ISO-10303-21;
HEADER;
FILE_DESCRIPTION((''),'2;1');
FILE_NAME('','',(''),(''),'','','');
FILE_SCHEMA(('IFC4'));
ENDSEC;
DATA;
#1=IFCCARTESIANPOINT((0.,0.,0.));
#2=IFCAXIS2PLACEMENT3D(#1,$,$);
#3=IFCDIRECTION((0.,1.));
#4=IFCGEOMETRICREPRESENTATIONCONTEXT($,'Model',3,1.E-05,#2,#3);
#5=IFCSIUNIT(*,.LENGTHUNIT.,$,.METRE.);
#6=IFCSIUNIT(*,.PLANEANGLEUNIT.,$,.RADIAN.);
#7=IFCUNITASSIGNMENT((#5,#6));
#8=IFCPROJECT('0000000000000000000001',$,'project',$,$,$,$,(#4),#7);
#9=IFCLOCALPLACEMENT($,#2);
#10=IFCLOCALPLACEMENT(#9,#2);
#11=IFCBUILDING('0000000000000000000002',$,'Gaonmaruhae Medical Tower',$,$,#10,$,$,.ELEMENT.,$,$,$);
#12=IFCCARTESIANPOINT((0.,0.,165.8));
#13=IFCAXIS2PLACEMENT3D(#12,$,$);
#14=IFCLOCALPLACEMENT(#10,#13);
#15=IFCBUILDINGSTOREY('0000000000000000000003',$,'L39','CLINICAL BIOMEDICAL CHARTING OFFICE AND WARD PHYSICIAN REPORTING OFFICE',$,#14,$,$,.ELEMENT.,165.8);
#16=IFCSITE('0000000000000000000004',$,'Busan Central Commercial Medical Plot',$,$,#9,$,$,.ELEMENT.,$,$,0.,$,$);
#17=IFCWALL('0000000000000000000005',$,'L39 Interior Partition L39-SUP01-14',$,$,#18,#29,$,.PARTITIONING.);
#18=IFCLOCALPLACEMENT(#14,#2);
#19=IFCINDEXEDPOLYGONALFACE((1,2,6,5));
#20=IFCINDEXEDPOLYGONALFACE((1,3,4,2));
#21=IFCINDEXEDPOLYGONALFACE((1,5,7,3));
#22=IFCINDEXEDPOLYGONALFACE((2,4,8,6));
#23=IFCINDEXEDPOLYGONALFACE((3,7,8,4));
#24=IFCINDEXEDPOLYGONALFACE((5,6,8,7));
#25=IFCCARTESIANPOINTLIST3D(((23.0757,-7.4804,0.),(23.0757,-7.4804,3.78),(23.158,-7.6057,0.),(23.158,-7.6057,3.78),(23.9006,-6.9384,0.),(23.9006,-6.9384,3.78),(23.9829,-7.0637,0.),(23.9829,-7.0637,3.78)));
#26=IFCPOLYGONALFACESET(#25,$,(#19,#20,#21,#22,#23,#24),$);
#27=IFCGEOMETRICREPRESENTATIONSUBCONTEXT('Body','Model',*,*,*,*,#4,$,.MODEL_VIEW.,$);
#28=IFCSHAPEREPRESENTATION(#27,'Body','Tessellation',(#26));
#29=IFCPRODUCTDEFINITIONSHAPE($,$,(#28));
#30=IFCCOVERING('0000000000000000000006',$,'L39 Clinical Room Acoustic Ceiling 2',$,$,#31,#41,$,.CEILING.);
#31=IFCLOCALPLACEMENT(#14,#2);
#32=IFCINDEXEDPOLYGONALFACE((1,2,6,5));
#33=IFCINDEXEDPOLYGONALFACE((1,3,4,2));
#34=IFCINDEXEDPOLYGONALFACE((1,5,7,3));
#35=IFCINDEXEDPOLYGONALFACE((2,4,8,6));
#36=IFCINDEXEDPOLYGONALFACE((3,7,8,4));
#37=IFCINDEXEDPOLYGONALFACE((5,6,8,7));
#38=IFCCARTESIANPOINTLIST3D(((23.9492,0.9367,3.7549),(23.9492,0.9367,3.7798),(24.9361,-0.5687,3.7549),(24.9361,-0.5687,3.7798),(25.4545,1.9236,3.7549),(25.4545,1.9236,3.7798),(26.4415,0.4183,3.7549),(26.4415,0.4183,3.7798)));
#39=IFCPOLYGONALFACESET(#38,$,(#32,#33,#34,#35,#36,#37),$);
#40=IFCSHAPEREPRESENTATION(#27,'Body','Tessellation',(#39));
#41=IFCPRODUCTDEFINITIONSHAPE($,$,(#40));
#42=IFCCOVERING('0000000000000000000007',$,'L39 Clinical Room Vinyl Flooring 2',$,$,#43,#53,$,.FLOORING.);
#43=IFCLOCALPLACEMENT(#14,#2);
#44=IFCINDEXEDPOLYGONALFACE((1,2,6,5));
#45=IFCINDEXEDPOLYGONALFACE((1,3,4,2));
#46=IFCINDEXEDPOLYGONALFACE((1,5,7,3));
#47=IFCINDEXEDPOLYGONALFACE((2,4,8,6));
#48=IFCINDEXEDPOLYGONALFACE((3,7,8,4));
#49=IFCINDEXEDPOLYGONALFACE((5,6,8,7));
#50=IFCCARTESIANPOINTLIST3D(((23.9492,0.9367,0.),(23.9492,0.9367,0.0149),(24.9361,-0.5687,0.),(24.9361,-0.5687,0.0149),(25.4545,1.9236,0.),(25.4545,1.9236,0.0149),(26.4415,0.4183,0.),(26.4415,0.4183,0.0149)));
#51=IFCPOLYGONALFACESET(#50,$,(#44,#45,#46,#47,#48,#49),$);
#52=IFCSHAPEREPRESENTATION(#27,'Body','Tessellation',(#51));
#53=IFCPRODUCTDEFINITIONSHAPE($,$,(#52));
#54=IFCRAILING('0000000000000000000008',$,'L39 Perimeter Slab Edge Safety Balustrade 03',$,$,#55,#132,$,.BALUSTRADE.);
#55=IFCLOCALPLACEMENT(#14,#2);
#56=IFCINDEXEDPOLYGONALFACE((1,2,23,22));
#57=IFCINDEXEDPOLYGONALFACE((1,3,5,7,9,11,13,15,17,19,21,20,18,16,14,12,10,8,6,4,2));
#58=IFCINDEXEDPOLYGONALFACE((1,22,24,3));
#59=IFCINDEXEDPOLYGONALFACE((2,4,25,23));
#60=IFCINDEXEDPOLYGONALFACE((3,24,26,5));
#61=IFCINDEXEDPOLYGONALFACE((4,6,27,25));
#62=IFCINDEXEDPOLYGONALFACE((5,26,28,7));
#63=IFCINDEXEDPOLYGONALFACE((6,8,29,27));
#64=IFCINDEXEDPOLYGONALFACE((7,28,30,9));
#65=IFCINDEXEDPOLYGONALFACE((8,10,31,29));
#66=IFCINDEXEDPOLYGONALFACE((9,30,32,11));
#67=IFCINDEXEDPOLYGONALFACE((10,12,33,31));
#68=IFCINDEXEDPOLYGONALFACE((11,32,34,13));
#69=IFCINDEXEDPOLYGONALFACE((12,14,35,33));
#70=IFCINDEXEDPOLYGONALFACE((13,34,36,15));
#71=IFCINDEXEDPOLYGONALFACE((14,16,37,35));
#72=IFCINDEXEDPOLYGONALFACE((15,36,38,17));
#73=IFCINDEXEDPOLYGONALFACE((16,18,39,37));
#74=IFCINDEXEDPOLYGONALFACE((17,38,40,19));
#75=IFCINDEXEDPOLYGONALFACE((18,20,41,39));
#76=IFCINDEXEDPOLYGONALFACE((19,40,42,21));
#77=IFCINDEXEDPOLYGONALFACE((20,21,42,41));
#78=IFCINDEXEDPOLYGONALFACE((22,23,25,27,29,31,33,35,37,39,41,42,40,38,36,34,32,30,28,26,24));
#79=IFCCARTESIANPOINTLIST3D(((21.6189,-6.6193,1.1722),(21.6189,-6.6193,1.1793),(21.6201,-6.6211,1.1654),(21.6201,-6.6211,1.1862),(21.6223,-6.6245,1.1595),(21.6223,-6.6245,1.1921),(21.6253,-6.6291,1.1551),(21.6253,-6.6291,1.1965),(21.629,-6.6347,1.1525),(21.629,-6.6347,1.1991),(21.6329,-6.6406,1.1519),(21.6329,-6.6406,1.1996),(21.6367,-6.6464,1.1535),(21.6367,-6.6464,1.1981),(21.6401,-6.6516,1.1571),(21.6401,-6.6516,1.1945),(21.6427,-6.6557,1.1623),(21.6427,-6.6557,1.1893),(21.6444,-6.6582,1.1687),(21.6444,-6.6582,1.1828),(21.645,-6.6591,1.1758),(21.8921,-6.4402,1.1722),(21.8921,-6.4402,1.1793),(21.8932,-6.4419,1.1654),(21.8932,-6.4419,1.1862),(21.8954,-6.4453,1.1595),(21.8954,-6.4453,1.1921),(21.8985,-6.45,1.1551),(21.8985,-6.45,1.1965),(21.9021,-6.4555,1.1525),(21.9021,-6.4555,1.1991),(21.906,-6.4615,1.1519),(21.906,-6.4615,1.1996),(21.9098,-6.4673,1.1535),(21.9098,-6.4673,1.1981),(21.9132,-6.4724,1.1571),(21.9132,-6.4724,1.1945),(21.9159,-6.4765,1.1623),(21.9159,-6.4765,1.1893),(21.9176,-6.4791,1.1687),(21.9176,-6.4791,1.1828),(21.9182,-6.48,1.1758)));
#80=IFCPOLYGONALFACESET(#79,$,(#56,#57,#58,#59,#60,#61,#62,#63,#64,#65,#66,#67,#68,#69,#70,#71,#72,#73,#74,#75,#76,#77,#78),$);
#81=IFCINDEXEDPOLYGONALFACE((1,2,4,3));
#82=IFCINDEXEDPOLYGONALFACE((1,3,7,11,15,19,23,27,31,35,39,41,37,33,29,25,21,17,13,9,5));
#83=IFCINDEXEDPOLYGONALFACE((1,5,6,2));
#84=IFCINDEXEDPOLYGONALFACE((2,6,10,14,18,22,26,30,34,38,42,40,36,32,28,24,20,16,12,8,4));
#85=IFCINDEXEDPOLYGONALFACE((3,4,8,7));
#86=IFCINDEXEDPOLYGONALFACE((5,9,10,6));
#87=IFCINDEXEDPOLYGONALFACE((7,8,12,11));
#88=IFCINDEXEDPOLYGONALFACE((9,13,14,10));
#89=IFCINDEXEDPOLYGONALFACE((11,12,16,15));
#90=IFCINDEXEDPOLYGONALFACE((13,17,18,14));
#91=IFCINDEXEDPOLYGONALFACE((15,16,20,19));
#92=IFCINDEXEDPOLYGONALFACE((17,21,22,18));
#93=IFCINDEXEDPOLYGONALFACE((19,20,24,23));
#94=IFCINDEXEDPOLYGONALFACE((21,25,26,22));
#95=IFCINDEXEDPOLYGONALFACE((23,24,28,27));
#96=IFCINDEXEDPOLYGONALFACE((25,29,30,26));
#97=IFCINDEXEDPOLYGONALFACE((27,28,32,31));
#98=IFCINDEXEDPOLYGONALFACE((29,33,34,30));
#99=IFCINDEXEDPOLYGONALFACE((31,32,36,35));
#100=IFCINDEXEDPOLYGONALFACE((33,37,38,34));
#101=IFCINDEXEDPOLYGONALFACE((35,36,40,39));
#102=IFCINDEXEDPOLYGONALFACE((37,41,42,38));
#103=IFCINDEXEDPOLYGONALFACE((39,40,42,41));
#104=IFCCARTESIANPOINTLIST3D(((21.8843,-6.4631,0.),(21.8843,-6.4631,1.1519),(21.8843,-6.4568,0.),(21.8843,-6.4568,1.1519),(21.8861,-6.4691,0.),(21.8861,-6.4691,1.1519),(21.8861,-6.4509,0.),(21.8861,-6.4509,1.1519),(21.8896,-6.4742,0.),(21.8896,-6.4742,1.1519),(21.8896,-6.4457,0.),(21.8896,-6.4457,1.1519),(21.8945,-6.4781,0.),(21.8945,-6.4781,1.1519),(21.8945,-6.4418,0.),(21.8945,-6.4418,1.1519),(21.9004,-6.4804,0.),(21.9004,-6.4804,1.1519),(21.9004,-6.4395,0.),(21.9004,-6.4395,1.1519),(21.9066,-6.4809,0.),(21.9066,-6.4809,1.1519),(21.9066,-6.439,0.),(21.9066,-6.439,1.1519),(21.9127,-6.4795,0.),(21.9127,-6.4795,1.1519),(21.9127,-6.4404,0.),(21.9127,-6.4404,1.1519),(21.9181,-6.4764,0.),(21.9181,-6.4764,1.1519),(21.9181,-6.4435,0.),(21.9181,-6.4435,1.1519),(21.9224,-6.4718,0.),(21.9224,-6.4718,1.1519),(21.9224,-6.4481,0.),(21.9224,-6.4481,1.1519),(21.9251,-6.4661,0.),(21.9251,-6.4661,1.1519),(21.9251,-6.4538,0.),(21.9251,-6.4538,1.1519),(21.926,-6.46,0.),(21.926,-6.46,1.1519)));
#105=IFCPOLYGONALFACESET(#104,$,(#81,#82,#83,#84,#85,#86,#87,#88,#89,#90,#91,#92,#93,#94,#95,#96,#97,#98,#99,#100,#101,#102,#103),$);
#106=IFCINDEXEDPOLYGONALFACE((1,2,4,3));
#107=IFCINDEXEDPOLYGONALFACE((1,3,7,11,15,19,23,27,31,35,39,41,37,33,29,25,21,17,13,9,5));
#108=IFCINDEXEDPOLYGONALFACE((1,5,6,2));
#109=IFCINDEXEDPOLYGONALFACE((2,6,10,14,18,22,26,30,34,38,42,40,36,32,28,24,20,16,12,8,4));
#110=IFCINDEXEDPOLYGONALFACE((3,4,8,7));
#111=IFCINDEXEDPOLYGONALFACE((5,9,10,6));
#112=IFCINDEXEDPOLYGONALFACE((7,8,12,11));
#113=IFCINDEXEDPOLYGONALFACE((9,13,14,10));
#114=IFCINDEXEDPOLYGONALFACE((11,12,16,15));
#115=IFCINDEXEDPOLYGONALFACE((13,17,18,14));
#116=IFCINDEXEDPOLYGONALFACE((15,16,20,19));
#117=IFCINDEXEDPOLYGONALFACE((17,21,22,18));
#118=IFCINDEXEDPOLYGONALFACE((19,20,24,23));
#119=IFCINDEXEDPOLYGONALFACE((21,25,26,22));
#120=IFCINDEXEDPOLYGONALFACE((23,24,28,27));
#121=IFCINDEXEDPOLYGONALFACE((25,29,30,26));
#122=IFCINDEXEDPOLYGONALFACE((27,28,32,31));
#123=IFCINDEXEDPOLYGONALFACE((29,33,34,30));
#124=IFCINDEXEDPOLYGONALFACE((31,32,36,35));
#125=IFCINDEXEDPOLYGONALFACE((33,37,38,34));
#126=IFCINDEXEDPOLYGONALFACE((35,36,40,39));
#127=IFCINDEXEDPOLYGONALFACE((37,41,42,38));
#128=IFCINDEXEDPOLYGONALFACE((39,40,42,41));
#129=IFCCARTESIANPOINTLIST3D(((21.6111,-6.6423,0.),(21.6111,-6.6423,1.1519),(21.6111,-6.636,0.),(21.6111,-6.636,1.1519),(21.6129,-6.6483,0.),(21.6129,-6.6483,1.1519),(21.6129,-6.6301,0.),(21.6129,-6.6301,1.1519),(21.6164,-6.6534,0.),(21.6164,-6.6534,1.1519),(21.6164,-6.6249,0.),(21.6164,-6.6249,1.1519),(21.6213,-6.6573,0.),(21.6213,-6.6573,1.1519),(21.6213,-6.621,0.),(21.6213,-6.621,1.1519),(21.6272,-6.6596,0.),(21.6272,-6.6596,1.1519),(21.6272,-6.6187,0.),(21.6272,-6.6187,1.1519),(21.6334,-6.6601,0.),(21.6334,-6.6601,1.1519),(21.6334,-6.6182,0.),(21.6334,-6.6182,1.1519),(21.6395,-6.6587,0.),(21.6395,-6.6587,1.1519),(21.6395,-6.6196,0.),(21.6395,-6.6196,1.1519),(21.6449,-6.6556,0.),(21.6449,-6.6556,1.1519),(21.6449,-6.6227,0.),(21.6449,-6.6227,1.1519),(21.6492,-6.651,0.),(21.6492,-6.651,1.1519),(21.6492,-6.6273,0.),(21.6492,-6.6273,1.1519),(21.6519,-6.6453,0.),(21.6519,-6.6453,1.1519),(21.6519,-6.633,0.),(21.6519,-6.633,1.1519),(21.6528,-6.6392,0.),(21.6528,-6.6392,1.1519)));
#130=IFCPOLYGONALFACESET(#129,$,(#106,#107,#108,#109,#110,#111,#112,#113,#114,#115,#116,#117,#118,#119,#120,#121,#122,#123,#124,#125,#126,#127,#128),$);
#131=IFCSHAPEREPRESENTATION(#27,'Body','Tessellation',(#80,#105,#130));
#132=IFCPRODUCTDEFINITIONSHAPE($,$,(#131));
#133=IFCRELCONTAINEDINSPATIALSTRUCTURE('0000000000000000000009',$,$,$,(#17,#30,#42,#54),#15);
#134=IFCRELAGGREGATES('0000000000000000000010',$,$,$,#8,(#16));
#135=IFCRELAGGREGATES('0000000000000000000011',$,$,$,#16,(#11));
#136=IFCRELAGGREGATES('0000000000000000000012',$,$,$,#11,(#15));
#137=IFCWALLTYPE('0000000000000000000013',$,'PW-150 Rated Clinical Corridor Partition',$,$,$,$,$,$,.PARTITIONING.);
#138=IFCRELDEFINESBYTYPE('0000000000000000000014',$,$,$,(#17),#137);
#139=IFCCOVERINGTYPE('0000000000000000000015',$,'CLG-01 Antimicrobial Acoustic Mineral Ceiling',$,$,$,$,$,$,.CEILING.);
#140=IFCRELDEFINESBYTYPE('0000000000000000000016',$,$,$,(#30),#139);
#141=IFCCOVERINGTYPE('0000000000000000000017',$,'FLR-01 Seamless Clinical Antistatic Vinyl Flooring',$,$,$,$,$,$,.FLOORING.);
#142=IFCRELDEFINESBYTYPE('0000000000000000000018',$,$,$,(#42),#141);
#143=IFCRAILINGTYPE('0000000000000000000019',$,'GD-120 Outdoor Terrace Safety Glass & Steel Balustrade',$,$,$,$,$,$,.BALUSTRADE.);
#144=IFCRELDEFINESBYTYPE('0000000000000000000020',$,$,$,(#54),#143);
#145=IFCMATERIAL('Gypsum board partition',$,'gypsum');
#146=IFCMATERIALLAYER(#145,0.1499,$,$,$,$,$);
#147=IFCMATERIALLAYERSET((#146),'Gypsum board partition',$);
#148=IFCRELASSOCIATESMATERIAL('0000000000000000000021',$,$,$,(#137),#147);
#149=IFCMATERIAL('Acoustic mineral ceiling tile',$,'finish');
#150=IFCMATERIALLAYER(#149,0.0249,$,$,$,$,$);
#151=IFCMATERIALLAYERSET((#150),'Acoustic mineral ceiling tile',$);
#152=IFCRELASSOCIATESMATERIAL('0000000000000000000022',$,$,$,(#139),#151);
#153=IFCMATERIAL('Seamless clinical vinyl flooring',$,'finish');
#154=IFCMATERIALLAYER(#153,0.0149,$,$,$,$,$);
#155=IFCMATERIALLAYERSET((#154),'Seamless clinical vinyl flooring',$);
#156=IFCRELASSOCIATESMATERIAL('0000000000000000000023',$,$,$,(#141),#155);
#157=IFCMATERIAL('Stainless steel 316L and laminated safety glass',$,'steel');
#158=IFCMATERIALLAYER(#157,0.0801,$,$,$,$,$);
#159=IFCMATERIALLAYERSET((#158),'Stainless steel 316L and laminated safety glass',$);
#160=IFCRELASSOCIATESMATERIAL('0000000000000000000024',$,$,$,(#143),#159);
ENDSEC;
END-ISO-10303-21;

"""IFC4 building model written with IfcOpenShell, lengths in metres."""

from ifc_helpers import new_model, si_unit, direction, frame, frame_2d, origin, origin_2d, place, context, subcontext, project, spatial, rectangle, circle, extrude, material, layer, layer_set, type_object, element, save


model = new_model("IFC4")

# Units and contexts
model_context = context("Model", 3, precision=1e-05, world=origin(), true_north=direction((0.0, 1.0)))
body_context = subcontext(model_context, "Body", "Model", "MODEL_VIEW")
ifc_project = project(units=[si_unit("LENGTHUNIT", "METRE"), si_unit("PLANEANGLEUNIT", "RADIAN")], contexts=[model_context])

# Site, building, storey
site_placement = place(None, origin())
site = spatial("IfcSite", under=ifc_project, at=site_placement, Name="Busan Central Commercial Medical Plot", CompositionType="ELEMENT", RefElevation=0.0)
building_placement = place(site_placement, origin())
building = spatial("IfcBuilding", under=site, at=building_placement, Name="Gaonmaruhae Medical Tower", CompositionType="ELEMENT")
storey_placement = place(building_placement, frame((0.0, 0.0, 165.8)))
storey = spatial("IfcBuildingStorey", under=building, at=storey_placement, Name="L39", Description="CLINICAL BIOMEDICAL CHARTING OFFICE AND WARD PHYSICIAN REPORTING OFFICE", CompositionType="ELEMENT", Elevation=165.8)

# Wall
ifc_material_1 = material(Name="Gypsum board partition", Category="gypsum")
ifc_layer_1 = layer(ifc_material_1, 0.1499)
ifc_layer_set_1 = layer_set([ifc_layer_1], Name="Gypsum board partition")
wall_type_1 = type_object("IfcWallType", Name="PW-150 Rated Clinical Corridor Partition", PredefinedType="PARTITIONING", material=ifc_layer_set_1)
wall_1_placement = place(storey_placement, frame((23.9419, -7.001, 0.0), z_axis=(0.0, 0.0, 1.0), x_axis=(-0.835761, -0.549094, 0.0)))
element("IfcWall", 1, at=wall_1_placement, inside=storey, type_object=wall_type_1, Name="L39 Interior Partition L39-SUP01-14", PredefinedType="PARTITIONING", context=body_context, shape_type="SweptSolid", body=[
    extrude(rectangle(XDim=0.9871, YDim=0.1499, at=frame_2d((0.4937, 0.0))), origin(), (0.0, 0.0, 1.0), 3.78),
])

# Coverings
ifc_material_2 = material(Name="Acoustic mineral ceiling tile", Category="finish")
ifc_layer_2 = layer(ifc_material_2, 0.0249)
ifc_layer_set_2 = layer_set([ifc_layer_2], Name="Acoustic mineral ceiling tile")
covering_type_1 = type_object("IfcCoveringType", Name="CLG-01 Antimicrobial Acoustic Mineral Ceiling", PredefinedType="CEILING", material=ifc_layer_set_2)
covering_1_placement = place(storey_placement, frame((25.1953, 0.6775, 3.7549), z_axis=(0.0, 0.0, 1.0), x_axis=(0.836286, 0.548293, 0.0)))
element("IfcCovering", 2, at=covering_1_placement, inside=storey, type_object=covering_type_1, Name="L39 Clinical Room Acoustic Ceiling 2", PredefinedType="CEILING", context=body_context, shape_type="SweptSolid", body=[
    extrude(rectangle(XDim=1.8, YDim=1.8, at=origin_2d()), origin(), (0.0, 0.0, 1.0), 0.0249),
])
ifc_material_3 = material(Name="Seamless clinical vinyl flooring", Category="finish")
ifc_layer_3 = layer(ifc_material_3, 0.0149)
ifc_layer_set_3 = layer_set([ifc_layer_3], Name="Seamless clinical vinyl flooring")
covering_type_2 = type_object("IfcCoveringType", Name="FLR-01 Seamless Clinical Antistatic Vinyl Flooring", PredefinedType="FLOORING", material=ifc_layer_set_3)
covering_2_placement = place(storey_placement, frame((25.1953, 0.6775, 0.0), z_axis=(0.0, 0.0, 1.0), x_axis=(0.836286, 0.548293, 0.0)))
element("IfcCovering", 3, at=covering_2_placement, inside=storey, type_object=covering_type_2, Name="L39 Clinical Room Vinyl Flooring 2", PredefinedType="FLOORING", context=body_context, shape_type="SweptSolid", body=[
    extrude(rectangle(XDim=1.8, YDim=1.8, at=origin_2d()), origin(), (0.0, 0.0, 1.0), 0.0149),
])

# Railing
ifc_material_4 = material(Name="Stainless steel 316L and laminated safety glass", Category="steel")
ifc_layer_4 = layer(ifc_material_4, 0.0801)
ifc_layer_set_4 = layer_set([ifc_layer_4], Name="Stainless steel 316L and laminated safety glass")
railing_type = type_object("IfcRailingType", Name="GD-120 Outdoor Terrace Safety Glass & Steel Balustrade", PredefinedType="BALUSTRADE", material=ifc_layer_set_4)
railing_1_placement = place(storey_placement, frame((21.905, -6.46, 0.0)))
element("IfcRailing", 4, at=railing_1_placement, inside=storey, type_object=railing_type, Name="L39 Perimeter Slab Edge Safety Balustrade 03", PredefinedType="BALUSTRADE", context=body_context, shape_type="SweptSolid", body=[
    extrude(circle(Radius=0.0239, at=origin_2d()), frame((0.0, 0.0, 1.1758), z_axis=(-0.836166, -0.548477, 0.0), x_axis=(0.548477, -0.836166, 0.0)), (0.0, 0.0, 1.0), 0.3267),
    extrude(circle(Radius=0.021, at=origin_2d()), origin(), (0.0, 0.0, 1.0), 1.1519),
    extrude(circle(Radius=0.021, at=origin_2d()), frame((-0.2732, -0.1792, 0.0)), (0.0, 0.0, 1.0), 1.1519),
])

save(model, "model.ifc")
